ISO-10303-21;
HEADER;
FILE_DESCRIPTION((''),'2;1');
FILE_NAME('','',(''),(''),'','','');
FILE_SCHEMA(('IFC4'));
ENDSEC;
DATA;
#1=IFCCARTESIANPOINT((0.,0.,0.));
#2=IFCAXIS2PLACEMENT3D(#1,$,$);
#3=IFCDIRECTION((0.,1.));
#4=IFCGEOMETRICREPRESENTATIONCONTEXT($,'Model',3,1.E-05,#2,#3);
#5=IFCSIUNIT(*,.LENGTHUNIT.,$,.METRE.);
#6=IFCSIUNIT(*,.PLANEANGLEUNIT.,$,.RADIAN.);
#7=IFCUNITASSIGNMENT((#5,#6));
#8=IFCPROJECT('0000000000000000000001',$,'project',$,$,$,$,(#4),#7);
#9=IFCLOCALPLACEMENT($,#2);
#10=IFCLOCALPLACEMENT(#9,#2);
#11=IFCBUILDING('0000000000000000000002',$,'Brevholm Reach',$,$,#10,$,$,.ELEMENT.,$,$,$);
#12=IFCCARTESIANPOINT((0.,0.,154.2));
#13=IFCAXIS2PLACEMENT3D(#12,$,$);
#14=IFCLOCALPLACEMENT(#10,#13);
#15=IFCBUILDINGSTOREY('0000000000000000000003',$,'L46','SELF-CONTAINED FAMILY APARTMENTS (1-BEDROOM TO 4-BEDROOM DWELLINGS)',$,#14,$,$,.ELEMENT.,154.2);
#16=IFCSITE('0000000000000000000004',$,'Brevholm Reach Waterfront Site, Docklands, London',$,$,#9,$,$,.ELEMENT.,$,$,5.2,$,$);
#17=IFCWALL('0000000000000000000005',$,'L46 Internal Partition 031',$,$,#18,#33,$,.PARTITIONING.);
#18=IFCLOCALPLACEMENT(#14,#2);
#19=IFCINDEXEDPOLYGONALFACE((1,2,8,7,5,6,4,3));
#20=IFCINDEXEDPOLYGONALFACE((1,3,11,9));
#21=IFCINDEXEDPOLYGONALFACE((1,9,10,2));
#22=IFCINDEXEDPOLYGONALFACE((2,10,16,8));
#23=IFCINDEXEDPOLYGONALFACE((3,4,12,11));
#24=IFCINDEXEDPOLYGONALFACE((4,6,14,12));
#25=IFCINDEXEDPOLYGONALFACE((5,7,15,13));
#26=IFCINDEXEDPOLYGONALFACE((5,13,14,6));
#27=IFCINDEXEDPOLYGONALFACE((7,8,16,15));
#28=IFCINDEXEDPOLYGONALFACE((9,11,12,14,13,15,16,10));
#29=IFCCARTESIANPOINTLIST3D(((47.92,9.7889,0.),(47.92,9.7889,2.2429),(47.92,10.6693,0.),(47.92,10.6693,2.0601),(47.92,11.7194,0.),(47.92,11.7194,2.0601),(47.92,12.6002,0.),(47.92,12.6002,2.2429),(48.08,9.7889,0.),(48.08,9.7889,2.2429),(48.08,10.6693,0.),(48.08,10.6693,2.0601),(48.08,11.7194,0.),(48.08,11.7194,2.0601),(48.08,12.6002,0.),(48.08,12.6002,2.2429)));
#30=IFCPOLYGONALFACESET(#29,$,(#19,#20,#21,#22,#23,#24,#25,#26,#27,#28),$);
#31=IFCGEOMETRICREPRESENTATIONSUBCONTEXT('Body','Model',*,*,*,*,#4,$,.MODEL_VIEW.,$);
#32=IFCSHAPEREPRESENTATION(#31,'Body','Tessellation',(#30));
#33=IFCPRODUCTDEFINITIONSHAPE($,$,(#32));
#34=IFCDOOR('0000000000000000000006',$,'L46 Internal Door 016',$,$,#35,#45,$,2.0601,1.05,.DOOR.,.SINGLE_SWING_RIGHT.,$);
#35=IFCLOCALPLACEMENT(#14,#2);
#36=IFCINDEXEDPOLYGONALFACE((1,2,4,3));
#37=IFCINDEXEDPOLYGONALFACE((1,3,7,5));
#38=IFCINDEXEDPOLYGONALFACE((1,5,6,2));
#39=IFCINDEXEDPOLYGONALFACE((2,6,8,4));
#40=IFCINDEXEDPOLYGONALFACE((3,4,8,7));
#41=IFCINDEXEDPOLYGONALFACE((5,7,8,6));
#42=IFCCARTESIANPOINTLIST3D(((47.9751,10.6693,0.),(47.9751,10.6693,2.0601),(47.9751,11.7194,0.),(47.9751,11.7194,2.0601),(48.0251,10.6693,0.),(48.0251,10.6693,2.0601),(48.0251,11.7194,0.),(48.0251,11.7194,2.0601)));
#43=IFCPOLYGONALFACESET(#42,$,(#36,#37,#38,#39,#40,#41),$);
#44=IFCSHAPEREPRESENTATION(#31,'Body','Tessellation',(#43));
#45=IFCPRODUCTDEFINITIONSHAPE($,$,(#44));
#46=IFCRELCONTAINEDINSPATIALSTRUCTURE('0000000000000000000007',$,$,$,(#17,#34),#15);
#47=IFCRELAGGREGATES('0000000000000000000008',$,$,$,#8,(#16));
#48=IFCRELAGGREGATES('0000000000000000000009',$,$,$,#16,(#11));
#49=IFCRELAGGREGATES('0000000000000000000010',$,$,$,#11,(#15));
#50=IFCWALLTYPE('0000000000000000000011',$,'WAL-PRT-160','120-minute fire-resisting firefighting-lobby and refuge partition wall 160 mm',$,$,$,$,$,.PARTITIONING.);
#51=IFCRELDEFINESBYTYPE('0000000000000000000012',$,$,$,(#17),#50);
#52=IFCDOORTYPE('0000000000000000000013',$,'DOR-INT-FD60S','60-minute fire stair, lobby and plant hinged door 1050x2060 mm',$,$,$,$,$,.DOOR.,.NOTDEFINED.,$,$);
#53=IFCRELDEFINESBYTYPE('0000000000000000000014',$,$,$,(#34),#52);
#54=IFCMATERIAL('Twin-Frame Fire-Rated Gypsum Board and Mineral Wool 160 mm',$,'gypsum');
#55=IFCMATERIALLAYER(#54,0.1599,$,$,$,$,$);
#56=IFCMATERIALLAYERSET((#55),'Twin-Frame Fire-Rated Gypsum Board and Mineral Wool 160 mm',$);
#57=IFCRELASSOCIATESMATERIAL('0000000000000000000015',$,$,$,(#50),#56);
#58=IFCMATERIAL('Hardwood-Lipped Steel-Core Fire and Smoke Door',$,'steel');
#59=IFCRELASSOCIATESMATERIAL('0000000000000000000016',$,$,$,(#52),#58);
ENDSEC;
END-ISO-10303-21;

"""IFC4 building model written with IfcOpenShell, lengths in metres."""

from ifc_helpers import new_model, si_unit, direction, frame, frame_2d, origin, place, context, subcontext, project, spatial, rectangle, extrude, material, layer, layer_set, type_object, element, fill, save


model = new_model("IFC4")

# Units and contexts
model_context = context("Model", 3, precision=1e-05, world=origin(), true_north=direction((0.0, 1.0)))
body_context = subcontext(model_context, "Body", "Model", "MODEL_VIEW")
ifc_project = project(units=[si_unit("LENGTHUNIT", "METRE"), si_unit("PLANEANGLEUNIT", "RADIAN")], contexts=[model_context])

# Site, building, storey
site_placement = place(None, origin())
site = spatial("IfcSite", under=ifc_project, at=site_placement, Name="Brevholm Reach Waterfront Site, Docklands, London", CompositionType="ELEMENT", RefElevation=5.2)
building_placement = place(site_placement, origin())
building = spatial("IfcBuilding", under=site, at=building_placement, Name="Brevholm Reach", CompositionType="ELEMENT")
storey_placement = place(building_placement, frame((0.0, 0.0, 154.2)))
storey = spatial("IfcBuildingStorey", under=building, at=storey_placement, Name="L46", Description="SELF-CONTAINED FAMILY APARTMENTS (1-BEDROOM TO 4-BEDROOM DWELLINGS)", CompositionType="ELEMENT", Elevation=154.2)

# Wall, opening, door
ifc_material_1 = material(Name="Twin-Frame Fire-Rated Gypsum Board and Mineral Wool 160 mm", Category="gypsum")
ifc_layer_1 = layer(ifc_material_1, 0.1599)
ifc_layer_set_1 = layer_set([ifc_layer_1], Name="Twin-Frame Fire-Rated Gypsum Board and Mineral Wool 160 mm")
wall_type_1 = type_object("IfcWallType", Name="WAL-PRT-160", Description="120-minute fire-resisting firefighting-lobby and refuge partition wall 160 mm", PredefinedType="PARTITIONING", material=ifc_layer_set_1)
wall_1_placement = place(storey_placement, frame((48.0, 9.7888, 0.0), z_axis=(0.0, 0.0, 1.0), x_axis=(0.0, 1.0, 0.0)))
wall_1 = element("IfcWall", 1, at=wall_1_placement, inside=storey, type_object=wall_type_1, Name="L46 Internal Partition 031", PredefinedType="PARTITIONING", context=body_context, shape_type="SweptSolid", body=[
    extrude(rectangle(XDim=2.8113, YDim=0.1599, at=frame_2d((1.4058, 0.0))), origin(), (0.0, 0.0, 1.0), 2.2429),
])
opening_1_placement = place(wall_1_placement, frame((0.8806, 0.0, 0.0)))
opening_1 = element("IfcOpeningElement", 2, at=opening_1_placement, cuts=wall_1, PredefinedType="OPENING", context=body_context, shape_type="SweptSolid", body=[
    extrude(rectangle(XDim=1.05, YDim=2.0601, at=frame_2d((0.5249, 1.03))), frame((0.0, 0.0898, 0.0), z_axis=(0.0, -1.0, 0.0), x_axis=(1.0, 0.0, 0.0)), (0.0, 0.0, 1.0), 0.1799),
])
ifc_material_2 = material(Name="Hardwood-Lipped Steel-Core Fire and Smoke Door", Category="steel")
door_type_1 = type_object("IfcDoorType", Name="DOR-INT-FD60S", Description="60-minute fire stair, lobby and plant hinged door 1050x2060 mm", OperationType="NOTDEFINED", PredefinedType="DOOR", material=ifc_material_2)
door_1_placement = place(opening_1_placement, origin())
door_1 = element("IfcDoor", 3, at=door_1_placement, inside=storey, type_object=door_type_1, Name="L46 Internal Door 016", OperationType="SINGLE_SWING_RIGHT", OverallHeight=2.0601, OverallWidth=1.05, PredefinedType="DOOR", context=body_context, shape_type="SweptSolid", body=[
    extrude(rectangle(XDim=1.05, YDim=2.0601, at=frame_2d((0.5249, 1.03))), frame((0.0, 0.0249, 0.0), z_axis=(0.0, -1.0, 0.0), x_axis=(1.0, 0.0, 0.0)), (0.0, 0.0, 1.0), 0.05),
])
fill(opening_1, door_1)

save(model, "model.ifc")
